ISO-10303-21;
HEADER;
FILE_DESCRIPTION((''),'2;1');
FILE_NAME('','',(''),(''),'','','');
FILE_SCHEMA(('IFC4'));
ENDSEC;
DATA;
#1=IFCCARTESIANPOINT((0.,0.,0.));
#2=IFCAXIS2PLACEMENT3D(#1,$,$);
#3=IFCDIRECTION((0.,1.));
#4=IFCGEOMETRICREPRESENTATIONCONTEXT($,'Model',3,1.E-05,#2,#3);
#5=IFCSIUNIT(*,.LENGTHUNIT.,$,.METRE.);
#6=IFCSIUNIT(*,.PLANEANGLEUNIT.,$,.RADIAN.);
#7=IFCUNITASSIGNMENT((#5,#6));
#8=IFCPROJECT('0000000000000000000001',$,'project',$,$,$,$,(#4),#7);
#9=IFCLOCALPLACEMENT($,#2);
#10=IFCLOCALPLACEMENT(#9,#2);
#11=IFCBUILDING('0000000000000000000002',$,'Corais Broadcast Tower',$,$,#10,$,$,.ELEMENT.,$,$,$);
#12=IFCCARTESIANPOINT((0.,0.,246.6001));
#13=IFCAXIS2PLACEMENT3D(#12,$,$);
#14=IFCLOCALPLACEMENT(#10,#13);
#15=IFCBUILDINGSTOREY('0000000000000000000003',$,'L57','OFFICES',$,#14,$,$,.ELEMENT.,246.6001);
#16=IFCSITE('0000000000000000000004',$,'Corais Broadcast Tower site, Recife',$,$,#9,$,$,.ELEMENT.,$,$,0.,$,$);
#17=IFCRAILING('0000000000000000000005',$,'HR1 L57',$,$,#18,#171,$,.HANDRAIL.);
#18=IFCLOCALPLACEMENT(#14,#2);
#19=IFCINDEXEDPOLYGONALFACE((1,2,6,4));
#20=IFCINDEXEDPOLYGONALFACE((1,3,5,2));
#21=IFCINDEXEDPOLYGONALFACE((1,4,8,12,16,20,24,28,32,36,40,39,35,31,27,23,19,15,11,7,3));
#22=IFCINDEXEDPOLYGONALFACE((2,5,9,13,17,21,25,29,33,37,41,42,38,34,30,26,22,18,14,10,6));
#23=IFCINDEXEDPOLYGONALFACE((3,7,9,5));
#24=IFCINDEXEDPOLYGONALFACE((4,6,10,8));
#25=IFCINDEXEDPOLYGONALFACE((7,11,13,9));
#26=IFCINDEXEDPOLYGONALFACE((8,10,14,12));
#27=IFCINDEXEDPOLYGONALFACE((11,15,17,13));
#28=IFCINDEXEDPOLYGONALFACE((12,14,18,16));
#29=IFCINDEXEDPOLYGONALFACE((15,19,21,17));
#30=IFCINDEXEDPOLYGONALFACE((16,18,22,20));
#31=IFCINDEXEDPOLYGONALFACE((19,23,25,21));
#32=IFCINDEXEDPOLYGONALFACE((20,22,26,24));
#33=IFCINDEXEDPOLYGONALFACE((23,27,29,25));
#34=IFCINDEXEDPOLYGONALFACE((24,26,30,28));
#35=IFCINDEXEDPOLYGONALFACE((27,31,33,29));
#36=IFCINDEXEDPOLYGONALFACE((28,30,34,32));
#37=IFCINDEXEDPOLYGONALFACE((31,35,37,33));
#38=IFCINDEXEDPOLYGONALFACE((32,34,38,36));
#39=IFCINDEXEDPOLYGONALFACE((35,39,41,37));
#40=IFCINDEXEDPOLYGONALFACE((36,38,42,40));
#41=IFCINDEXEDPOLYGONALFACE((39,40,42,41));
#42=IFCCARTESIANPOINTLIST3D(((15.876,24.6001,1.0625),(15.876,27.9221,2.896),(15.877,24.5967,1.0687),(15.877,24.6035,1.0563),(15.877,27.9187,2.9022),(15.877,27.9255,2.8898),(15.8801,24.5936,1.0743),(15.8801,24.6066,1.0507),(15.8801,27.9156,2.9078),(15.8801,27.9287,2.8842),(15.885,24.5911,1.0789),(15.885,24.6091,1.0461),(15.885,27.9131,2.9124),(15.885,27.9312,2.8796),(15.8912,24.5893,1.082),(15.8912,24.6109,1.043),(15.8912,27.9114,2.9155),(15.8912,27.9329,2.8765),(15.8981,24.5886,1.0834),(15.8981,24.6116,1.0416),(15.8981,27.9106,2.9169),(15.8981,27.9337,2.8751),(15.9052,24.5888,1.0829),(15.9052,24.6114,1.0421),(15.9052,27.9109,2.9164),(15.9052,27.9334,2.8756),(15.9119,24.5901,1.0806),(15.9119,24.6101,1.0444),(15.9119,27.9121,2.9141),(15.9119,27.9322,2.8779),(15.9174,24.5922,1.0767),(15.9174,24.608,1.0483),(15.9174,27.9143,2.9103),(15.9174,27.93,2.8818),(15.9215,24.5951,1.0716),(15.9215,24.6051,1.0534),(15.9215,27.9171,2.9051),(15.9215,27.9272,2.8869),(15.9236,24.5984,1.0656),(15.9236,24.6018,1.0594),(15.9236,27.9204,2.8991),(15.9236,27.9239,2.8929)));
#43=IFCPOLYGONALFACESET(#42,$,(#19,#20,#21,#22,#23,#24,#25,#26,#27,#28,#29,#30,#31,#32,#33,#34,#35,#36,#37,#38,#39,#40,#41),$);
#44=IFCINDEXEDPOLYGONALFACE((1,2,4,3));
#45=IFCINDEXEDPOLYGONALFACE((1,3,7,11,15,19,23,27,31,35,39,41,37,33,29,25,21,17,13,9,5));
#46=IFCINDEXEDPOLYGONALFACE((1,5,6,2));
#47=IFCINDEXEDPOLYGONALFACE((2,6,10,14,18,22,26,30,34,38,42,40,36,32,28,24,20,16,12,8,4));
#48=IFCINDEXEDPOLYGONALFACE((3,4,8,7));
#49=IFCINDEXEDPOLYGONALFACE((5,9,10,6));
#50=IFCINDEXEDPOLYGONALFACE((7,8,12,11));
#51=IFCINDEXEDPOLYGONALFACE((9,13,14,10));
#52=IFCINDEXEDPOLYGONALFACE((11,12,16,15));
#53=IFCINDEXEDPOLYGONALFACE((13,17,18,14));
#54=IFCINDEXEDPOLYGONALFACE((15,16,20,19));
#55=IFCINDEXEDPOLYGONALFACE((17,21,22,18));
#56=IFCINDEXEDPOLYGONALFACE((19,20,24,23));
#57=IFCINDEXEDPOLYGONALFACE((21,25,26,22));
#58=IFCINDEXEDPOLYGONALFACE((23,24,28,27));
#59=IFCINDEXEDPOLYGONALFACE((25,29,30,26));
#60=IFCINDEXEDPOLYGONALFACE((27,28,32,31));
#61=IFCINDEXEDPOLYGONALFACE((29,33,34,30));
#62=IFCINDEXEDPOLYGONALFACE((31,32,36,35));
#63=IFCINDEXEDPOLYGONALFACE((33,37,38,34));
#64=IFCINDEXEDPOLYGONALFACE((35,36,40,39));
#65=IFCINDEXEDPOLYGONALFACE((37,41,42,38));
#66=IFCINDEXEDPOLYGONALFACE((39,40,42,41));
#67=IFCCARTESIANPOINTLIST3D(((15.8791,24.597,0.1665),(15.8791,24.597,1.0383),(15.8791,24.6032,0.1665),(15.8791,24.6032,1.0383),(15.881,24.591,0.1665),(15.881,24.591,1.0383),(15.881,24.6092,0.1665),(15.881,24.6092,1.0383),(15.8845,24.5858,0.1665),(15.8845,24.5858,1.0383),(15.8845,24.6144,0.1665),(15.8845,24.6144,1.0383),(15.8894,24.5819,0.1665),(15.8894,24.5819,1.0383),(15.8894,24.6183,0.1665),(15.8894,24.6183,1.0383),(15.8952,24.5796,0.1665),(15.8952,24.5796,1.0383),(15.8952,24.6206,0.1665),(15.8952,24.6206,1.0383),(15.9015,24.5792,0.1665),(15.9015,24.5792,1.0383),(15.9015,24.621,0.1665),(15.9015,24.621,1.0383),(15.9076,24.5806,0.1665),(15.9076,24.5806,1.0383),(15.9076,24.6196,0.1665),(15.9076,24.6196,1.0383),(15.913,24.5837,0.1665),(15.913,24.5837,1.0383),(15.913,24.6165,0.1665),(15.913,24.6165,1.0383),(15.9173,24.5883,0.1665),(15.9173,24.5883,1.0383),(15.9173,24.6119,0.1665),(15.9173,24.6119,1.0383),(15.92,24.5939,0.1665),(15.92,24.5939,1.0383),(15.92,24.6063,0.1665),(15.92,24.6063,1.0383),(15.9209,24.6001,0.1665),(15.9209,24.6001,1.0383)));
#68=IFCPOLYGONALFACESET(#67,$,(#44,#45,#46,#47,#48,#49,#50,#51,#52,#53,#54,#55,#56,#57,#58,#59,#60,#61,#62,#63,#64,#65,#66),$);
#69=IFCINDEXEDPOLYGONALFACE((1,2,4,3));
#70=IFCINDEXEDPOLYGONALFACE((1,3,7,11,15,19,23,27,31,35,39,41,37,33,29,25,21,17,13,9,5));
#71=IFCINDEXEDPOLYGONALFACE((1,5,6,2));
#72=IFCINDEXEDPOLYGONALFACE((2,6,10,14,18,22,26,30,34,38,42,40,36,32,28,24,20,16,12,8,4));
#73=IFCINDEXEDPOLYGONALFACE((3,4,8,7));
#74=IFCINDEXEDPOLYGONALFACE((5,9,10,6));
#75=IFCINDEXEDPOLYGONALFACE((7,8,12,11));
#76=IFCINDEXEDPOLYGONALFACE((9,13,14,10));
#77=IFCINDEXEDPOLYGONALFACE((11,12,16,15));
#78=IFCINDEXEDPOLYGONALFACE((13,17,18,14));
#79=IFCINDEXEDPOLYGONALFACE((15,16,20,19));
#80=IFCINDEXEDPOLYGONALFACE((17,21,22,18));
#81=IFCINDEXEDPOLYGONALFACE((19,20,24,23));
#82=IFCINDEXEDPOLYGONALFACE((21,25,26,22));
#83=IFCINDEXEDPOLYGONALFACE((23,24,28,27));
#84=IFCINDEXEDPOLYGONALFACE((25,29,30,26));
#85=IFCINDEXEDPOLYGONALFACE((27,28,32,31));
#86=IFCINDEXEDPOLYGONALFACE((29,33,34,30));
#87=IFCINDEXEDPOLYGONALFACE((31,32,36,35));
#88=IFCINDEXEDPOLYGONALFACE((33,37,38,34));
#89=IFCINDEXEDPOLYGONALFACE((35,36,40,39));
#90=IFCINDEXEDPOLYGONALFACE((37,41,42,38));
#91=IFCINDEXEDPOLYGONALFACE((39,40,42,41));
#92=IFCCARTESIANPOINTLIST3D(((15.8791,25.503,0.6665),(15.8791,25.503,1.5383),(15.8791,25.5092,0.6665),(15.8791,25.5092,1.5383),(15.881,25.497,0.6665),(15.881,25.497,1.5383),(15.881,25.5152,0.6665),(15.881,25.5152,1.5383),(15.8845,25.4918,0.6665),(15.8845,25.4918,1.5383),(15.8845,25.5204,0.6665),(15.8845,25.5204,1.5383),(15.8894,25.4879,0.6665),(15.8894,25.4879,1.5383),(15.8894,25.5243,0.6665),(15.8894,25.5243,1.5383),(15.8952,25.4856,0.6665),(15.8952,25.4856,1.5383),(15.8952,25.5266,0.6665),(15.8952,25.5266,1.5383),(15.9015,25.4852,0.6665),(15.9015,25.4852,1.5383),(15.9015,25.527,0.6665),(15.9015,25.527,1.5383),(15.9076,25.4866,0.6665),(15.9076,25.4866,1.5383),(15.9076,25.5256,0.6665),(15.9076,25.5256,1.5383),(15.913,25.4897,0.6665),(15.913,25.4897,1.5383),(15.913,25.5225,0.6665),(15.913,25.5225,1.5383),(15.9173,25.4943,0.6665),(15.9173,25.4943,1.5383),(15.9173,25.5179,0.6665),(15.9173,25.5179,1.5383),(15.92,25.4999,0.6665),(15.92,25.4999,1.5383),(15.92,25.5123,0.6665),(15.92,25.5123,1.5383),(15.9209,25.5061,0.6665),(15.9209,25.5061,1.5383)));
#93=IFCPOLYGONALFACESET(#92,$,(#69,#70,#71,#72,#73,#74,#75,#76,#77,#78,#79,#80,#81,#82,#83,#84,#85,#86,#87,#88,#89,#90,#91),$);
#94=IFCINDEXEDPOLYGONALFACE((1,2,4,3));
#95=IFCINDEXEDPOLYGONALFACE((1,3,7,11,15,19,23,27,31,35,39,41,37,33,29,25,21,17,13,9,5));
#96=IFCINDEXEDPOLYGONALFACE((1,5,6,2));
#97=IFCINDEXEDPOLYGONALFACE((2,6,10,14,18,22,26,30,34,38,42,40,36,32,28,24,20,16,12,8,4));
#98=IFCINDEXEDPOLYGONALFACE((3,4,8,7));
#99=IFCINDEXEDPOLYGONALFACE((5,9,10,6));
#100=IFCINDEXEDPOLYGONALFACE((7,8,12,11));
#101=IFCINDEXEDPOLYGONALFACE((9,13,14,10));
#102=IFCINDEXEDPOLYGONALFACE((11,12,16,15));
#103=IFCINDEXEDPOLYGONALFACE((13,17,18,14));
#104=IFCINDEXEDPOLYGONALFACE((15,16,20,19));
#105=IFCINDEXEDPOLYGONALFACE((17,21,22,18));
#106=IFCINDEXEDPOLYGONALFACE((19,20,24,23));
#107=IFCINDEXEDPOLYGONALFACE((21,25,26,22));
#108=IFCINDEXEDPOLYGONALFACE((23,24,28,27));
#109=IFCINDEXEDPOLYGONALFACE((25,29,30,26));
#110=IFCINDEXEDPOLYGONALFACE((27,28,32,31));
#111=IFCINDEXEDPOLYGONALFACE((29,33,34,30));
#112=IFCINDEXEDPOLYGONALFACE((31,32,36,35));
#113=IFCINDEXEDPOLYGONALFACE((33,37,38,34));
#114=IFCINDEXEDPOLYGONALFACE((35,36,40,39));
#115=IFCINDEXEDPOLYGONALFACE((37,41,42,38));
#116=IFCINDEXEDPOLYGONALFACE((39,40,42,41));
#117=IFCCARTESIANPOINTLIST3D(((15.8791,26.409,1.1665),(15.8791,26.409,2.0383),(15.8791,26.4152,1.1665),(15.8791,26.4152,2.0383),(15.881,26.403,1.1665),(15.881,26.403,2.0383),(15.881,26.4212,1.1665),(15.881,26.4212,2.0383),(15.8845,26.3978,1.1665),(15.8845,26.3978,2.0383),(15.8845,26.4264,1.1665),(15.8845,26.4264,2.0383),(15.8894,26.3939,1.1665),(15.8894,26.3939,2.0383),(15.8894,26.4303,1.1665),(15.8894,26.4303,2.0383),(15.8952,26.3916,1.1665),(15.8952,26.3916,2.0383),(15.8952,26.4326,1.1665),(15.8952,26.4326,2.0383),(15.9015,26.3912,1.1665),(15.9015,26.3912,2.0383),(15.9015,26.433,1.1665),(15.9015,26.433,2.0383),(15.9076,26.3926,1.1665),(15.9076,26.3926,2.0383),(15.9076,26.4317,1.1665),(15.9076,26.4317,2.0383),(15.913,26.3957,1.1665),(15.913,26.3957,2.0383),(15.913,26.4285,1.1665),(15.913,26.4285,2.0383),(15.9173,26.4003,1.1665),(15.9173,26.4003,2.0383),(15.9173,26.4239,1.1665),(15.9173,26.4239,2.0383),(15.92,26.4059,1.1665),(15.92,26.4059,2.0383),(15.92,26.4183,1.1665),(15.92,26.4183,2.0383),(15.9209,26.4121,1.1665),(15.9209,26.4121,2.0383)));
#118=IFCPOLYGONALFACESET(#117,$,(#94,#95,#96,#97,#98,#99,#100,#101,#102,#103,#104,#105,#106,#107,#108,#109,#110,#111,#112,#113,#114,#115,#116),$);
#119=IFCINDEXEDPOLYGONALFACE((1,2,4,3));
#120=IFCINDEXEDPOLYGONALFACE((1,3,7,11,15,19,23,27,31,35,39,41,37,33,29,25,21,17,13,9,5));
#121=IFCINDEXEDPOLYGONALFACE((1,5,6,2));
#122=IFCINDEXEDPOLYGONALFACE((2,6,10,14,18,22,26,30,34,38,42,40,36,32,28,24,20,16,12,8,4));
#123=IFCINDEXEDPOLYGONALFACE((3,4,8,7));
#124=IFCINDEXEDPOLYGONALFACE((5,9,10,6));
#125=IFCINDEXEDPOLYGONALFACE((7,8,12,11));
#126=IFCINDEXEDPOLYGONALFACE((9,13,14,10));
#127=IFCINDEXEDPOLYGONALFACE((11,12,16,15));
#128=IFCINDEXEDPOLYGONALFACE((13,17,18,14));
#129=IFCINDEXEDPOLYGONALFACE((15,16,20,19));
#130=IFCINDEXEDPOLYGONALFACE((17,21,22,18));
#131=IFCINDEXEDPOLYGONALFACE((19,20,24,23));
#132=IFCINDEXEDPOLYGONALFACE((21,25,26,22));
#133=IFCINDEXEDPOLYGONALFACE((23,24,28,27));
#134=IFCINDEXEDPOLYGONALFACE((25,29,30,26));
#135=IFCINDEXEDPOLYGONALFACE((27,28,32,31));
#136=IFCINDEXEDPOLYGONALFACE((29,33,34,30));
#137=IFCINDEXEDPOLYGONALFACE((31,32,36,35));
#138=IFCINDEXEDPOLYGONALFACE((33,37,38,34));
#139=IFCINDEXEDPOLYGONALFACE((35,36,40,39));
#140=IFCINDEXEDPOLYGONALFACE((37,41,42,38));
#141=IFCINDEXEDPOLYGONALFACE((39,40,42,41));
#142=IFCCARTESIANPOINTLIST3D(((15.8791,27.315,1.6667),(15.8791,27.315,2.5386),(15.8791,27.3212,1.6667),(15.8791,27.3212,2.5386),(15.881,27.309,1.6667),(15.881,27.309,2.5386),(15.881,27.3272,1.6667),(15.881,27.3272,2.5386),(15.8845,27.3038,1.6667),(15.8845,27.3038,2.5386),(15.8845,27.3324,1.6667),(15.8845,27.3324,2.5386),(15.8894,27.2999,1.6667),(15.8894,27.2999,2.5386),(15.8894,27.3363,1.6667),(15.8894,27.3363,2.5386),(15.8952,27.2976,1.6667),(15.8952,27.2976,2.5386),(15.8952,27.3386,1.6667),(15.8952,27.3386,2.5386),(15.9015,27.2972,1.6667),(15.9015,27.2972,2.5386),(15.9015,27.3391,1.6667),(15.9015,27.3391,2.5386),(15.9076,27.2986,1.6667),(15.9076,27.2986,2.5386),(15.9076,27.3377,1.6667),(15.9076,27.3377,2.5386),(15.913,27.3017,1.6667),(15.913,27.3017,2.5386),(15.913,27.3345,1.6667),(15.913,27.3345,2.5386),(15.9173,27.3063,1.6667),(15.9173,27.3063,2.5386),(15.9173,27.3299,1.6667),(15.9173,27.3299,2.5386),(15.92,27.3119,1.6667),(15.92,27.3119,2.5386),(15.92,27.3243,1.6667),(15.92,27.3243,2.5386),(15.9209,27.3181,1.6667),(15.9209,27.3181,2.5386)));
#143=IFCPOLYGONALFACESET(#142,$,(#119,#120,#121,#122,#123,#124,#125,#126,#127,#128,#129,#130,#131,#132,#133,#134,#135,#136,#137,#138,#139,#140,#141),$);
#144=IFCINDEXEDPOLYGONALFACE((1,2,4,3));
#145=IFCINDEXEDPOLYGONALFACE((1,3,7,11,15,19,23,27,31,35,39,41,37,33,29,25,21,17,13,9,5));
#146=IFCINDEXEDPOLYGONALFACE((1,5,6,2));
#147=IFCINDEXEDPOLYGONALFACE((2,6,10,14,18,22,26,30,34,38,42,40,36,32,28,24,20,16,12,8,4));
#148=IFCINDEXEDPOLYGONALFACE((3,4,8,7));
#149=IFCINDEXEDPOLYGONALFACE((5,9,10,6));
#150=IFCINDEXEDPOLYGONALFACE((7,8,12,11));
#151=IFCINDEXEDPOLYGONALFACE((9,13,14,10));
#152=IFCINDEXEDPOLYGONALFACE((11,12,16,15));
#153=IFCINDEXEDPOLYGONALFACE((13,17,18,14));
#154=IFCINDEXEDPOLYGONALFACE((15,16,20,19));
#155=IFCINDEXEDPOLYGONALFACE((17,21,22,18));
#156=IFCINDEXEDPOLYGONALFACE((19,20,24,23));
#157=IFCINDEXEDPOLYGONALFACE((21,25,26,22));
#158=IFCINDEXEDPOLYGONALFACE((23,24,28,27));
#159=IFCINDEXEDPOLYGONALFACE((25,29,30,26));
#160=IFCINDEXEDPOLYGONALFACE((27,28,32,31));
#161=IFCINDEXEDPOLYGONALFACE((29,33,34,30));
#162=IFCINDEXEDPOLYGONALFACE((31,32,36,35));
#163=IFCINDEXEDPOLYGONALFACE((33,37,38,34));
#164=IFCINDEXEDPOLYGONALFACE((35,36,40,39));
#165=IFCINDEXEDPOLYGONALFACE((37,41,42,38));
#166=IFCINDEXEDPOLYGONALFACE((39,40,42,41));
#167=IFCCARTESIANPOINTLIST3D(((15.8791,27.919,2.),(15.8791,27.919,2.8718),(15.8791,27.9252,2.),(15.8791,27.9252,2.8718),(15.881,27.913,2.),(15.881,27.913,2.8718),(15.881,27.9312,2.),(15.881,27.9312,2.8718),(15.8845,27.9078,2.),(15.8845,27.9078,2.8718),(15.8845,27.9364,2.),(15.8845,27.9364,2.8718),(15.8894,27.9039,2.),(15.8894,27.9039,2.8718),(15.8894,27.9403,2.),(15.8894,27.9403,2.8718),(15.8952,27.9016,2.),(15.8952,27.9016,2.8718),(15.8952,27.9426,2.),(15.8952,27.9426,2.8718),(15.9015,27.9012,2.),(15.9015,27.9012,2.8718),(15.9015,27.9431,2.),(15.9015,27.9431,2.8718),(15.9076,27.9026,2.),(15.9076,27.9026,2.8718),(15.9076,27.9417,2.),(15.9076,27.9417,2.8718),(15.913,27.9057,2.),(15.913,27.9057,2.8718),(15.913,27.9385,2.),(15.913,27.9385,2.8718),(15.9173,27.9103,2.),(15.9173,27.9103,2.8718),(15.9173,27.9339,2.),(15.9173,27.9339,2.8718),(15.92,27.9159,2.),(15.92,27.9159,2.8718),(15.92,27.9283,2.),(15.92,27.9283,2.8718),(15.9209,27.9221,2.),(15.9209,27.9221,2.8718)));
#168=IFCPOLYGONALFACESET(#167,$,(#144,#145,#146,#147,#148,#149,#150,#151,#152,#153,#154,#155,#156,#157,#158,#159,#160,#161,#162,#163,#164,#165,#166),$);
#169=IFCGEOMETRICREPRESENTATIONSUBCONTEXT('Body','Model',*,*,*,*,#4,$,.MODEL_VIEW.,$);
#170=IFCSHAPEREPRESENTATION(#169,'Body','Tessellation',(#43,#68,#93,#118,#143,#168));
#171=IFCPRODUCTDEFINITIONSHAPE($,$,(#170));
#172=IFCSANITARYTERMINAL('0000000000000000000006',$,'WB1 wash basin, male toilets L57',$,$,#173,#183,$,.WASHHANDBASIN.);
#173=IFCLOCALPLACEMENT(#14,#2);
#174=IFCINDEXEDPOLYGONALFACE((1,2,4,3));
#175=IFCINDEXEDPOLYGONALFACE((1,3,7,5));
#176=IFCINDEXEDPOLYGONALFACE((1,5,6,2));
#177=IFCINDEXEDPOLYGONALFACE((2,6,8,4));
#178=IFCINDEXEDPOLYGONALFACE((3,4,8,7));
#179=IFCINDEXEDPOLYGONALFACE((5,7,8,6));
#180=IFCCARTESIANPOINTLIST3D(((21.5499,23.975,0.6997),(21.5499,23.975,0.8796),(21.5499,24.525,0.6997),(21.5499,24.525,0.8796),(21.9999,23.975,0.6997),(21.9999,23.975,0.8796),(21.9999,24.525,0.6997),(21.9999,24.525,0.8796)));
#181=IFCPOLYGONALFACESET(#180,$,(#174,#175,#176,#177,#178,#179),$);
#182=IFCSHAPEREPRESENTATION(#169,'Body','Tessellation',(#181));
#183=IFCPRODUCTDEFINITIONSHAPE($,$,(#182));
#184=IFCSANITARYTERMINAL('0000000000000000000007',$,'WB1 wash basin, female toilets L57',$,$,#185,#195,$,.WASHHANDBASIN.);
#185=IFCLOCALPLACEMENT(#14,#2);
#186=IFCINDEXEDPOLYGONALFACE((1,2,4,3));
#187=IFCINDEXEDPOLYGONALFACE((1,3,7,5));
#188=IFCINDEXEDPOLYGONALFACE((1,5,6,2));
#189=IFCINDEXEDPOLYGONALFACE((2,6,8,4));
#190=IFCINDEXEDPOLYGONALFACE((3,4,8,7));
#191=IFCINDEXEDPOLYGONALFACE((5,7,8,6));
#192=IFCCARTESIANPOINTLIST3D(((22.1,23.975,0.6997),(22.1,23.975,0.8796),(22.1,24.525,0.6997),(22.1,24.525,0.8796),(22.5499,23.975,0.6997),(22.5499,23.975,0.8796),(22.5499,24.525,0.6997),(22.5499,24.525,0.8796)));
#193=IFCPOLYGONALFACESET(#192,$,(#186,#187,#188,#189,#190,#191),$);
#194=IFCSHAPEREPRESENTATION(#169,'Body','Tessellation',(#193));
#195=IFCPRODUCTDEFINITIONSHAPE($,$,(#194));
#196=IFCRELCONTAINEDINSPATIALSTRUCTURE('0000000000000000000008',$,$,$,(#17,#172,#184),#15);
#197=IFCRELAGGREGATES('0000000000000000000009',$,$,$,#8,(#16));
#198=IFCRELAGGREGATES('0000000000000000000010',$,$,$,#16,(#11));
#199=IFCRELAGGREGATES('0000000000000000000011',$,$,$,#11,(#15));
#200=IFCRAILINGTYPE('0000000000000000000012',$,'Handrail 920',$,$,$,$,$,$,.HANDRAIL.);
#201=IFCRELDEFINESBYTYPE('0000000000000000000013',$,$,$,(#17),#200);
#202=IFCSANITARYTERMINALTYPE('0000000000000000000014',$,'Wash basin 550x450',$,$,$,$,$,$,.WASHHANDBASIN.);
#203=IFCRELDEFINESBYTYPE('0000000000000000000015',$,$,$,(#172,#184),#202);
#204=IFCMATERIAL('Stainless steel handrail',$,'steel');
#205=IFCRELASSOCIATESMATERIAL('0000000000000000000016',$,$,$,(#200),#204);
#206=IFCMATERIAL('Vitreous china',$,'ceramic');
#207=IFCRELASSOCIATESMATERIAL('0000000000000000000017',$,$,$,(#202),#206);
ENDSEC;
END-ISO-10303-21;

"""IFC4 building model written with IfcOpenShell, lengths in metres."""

from ifc_helpers import new_model, si_unit, direction, frame, origin, origin_2d, place, context, subcontext, project, spatial, rectangle, circle, extrude, material, type_object, element, save


model = new_model("IFC4")

# Units and contexts
model_context = context("Model", 3, precision=1e-05, world=origin(), true_north=direction((0.0, 1.0)))
body_context = subcontext(model_context, "Body", "Model", "MODEL_VIEW")
ifc_project = project(units=[si_unit("LENGTHUNIT", "METRE"), si_unit("PLANEANGLEUNIT", "RADIAN")], contexts=[model_context])

# Site, building, storey
site_placement = place(None, origin())
site = spatial("IfcSite", under=ifc_project, at=site_placement, Name="Corais Broadcast Tower site, Recife", CompositionType="ELEMENT", RefElevation=0.0)
building_placement = place(site_placement, origin())
building = spatial("IfcBuilding", under=site, at=building_placement, Name="Corais Broadcast Tower", CompositionType="ELEMENT")
storey_placement = place(building_placement, frame((0.0, 0.0, 246.6001)))
storey = spatial("IfcBuildingStorey", under=building, at=storey_placement, Name="L57", Description="OFFICES", CompositionType="ELEMENT", Elevation=246.6001)

# Railing
ifc_material_1 = material(Name="Stainless steel handrail", Category="steel")
railing_type = type_object("IfcRailingType", Name="Handrail 920", PredefinedType="HANDRAIL", material=ifc_material_1)
for number, where, name in (
    (1, (15.8999, 24.6001, 0.1665), "HR1 L57"),
):
    element("IfcRailing", number, at=place(storey_placement, frame(where)), inside=storey, type_object=railing_type, Name=name, PredefinedType="HANDRAIL", context=body_context, shape_type="SweptSolid", body=[
        extrude(circle(Radius=0.0239, at=origin_2d()), frame((0.0, 0.0, 0.896), z_axis=(0.0, 0.875504, 0.48321), x_axis=(-1.0, 0.0, 0.0)), (0.0, 0.0, 1.0), 3.7944),
        extrude(circle(Radius=0.021, at=origin_2d()), origin(), (0.0, 0.0, 1.0), 0.8718),
        extrude(circle(Radius=0.021, at=origin_2d()), frame((0.0, 0.906, 0.5)), (0.0, 0.0, 1.0), 0.8718),
        extrude(circle(Radius=0.021, at=origin_2d()), frame((0.0, 1.812, 1.0)), (0.0, 0.0, 1.0), 0.8718),
        extrude(circle(Radius=0.021, at=origin_2d()), frame((0.0, 2.718, 1.5002)), (0.0, 0.0, 1.0), 0.8718),
        extrude(circle(Radius=0.021, at=origin_2d()), frame((0.0, 3.322, 1.8335)), (0.0, 0.0, 1.0), 0.8718),
    ])

# Sanitary terminals
ifc_material_2 = material(Name="Vitreous china", Category="ceramic")
sanitary_terminal_type = type_object("IfcSanitaryTerminalType", Name="Wash basin 550x450", PredefinedType="WASHHANDBASIN", material=ifc_material_2)
for number, where, z_axis, x_axis, name in (
    (2, (21.7749, 24.25, 0.6997), (0.0, 0.0, 1.0), (1.0, 0.0, 0.0), "WB1 wash basin, male toilets L57"),
    (3, (22.325, 24.25, 0.6997), (0.0, 0.0, 1.0), (1.0, 0.0, 0.0), "WB1 wash basin, female toilets L57"),
):
    element("IfcSanitaryTerminal", number, at=place(storey_placement, frame(where, z_axis=z_axis, x_axis=x_axis)), inside=storey, type_object=sanitary_terminal_type, Name=name, PredefinedType="WASHHANDBASIN", context=body_context, shape_type="SweptSolid", body=[
        extrude(rectangle(XDim=0.45, YDim=0.55, at=origin_2d()), origin(), (0.0, 0.0, 1.0), 0.1799),
    ])

save(model, "model.ifc")
